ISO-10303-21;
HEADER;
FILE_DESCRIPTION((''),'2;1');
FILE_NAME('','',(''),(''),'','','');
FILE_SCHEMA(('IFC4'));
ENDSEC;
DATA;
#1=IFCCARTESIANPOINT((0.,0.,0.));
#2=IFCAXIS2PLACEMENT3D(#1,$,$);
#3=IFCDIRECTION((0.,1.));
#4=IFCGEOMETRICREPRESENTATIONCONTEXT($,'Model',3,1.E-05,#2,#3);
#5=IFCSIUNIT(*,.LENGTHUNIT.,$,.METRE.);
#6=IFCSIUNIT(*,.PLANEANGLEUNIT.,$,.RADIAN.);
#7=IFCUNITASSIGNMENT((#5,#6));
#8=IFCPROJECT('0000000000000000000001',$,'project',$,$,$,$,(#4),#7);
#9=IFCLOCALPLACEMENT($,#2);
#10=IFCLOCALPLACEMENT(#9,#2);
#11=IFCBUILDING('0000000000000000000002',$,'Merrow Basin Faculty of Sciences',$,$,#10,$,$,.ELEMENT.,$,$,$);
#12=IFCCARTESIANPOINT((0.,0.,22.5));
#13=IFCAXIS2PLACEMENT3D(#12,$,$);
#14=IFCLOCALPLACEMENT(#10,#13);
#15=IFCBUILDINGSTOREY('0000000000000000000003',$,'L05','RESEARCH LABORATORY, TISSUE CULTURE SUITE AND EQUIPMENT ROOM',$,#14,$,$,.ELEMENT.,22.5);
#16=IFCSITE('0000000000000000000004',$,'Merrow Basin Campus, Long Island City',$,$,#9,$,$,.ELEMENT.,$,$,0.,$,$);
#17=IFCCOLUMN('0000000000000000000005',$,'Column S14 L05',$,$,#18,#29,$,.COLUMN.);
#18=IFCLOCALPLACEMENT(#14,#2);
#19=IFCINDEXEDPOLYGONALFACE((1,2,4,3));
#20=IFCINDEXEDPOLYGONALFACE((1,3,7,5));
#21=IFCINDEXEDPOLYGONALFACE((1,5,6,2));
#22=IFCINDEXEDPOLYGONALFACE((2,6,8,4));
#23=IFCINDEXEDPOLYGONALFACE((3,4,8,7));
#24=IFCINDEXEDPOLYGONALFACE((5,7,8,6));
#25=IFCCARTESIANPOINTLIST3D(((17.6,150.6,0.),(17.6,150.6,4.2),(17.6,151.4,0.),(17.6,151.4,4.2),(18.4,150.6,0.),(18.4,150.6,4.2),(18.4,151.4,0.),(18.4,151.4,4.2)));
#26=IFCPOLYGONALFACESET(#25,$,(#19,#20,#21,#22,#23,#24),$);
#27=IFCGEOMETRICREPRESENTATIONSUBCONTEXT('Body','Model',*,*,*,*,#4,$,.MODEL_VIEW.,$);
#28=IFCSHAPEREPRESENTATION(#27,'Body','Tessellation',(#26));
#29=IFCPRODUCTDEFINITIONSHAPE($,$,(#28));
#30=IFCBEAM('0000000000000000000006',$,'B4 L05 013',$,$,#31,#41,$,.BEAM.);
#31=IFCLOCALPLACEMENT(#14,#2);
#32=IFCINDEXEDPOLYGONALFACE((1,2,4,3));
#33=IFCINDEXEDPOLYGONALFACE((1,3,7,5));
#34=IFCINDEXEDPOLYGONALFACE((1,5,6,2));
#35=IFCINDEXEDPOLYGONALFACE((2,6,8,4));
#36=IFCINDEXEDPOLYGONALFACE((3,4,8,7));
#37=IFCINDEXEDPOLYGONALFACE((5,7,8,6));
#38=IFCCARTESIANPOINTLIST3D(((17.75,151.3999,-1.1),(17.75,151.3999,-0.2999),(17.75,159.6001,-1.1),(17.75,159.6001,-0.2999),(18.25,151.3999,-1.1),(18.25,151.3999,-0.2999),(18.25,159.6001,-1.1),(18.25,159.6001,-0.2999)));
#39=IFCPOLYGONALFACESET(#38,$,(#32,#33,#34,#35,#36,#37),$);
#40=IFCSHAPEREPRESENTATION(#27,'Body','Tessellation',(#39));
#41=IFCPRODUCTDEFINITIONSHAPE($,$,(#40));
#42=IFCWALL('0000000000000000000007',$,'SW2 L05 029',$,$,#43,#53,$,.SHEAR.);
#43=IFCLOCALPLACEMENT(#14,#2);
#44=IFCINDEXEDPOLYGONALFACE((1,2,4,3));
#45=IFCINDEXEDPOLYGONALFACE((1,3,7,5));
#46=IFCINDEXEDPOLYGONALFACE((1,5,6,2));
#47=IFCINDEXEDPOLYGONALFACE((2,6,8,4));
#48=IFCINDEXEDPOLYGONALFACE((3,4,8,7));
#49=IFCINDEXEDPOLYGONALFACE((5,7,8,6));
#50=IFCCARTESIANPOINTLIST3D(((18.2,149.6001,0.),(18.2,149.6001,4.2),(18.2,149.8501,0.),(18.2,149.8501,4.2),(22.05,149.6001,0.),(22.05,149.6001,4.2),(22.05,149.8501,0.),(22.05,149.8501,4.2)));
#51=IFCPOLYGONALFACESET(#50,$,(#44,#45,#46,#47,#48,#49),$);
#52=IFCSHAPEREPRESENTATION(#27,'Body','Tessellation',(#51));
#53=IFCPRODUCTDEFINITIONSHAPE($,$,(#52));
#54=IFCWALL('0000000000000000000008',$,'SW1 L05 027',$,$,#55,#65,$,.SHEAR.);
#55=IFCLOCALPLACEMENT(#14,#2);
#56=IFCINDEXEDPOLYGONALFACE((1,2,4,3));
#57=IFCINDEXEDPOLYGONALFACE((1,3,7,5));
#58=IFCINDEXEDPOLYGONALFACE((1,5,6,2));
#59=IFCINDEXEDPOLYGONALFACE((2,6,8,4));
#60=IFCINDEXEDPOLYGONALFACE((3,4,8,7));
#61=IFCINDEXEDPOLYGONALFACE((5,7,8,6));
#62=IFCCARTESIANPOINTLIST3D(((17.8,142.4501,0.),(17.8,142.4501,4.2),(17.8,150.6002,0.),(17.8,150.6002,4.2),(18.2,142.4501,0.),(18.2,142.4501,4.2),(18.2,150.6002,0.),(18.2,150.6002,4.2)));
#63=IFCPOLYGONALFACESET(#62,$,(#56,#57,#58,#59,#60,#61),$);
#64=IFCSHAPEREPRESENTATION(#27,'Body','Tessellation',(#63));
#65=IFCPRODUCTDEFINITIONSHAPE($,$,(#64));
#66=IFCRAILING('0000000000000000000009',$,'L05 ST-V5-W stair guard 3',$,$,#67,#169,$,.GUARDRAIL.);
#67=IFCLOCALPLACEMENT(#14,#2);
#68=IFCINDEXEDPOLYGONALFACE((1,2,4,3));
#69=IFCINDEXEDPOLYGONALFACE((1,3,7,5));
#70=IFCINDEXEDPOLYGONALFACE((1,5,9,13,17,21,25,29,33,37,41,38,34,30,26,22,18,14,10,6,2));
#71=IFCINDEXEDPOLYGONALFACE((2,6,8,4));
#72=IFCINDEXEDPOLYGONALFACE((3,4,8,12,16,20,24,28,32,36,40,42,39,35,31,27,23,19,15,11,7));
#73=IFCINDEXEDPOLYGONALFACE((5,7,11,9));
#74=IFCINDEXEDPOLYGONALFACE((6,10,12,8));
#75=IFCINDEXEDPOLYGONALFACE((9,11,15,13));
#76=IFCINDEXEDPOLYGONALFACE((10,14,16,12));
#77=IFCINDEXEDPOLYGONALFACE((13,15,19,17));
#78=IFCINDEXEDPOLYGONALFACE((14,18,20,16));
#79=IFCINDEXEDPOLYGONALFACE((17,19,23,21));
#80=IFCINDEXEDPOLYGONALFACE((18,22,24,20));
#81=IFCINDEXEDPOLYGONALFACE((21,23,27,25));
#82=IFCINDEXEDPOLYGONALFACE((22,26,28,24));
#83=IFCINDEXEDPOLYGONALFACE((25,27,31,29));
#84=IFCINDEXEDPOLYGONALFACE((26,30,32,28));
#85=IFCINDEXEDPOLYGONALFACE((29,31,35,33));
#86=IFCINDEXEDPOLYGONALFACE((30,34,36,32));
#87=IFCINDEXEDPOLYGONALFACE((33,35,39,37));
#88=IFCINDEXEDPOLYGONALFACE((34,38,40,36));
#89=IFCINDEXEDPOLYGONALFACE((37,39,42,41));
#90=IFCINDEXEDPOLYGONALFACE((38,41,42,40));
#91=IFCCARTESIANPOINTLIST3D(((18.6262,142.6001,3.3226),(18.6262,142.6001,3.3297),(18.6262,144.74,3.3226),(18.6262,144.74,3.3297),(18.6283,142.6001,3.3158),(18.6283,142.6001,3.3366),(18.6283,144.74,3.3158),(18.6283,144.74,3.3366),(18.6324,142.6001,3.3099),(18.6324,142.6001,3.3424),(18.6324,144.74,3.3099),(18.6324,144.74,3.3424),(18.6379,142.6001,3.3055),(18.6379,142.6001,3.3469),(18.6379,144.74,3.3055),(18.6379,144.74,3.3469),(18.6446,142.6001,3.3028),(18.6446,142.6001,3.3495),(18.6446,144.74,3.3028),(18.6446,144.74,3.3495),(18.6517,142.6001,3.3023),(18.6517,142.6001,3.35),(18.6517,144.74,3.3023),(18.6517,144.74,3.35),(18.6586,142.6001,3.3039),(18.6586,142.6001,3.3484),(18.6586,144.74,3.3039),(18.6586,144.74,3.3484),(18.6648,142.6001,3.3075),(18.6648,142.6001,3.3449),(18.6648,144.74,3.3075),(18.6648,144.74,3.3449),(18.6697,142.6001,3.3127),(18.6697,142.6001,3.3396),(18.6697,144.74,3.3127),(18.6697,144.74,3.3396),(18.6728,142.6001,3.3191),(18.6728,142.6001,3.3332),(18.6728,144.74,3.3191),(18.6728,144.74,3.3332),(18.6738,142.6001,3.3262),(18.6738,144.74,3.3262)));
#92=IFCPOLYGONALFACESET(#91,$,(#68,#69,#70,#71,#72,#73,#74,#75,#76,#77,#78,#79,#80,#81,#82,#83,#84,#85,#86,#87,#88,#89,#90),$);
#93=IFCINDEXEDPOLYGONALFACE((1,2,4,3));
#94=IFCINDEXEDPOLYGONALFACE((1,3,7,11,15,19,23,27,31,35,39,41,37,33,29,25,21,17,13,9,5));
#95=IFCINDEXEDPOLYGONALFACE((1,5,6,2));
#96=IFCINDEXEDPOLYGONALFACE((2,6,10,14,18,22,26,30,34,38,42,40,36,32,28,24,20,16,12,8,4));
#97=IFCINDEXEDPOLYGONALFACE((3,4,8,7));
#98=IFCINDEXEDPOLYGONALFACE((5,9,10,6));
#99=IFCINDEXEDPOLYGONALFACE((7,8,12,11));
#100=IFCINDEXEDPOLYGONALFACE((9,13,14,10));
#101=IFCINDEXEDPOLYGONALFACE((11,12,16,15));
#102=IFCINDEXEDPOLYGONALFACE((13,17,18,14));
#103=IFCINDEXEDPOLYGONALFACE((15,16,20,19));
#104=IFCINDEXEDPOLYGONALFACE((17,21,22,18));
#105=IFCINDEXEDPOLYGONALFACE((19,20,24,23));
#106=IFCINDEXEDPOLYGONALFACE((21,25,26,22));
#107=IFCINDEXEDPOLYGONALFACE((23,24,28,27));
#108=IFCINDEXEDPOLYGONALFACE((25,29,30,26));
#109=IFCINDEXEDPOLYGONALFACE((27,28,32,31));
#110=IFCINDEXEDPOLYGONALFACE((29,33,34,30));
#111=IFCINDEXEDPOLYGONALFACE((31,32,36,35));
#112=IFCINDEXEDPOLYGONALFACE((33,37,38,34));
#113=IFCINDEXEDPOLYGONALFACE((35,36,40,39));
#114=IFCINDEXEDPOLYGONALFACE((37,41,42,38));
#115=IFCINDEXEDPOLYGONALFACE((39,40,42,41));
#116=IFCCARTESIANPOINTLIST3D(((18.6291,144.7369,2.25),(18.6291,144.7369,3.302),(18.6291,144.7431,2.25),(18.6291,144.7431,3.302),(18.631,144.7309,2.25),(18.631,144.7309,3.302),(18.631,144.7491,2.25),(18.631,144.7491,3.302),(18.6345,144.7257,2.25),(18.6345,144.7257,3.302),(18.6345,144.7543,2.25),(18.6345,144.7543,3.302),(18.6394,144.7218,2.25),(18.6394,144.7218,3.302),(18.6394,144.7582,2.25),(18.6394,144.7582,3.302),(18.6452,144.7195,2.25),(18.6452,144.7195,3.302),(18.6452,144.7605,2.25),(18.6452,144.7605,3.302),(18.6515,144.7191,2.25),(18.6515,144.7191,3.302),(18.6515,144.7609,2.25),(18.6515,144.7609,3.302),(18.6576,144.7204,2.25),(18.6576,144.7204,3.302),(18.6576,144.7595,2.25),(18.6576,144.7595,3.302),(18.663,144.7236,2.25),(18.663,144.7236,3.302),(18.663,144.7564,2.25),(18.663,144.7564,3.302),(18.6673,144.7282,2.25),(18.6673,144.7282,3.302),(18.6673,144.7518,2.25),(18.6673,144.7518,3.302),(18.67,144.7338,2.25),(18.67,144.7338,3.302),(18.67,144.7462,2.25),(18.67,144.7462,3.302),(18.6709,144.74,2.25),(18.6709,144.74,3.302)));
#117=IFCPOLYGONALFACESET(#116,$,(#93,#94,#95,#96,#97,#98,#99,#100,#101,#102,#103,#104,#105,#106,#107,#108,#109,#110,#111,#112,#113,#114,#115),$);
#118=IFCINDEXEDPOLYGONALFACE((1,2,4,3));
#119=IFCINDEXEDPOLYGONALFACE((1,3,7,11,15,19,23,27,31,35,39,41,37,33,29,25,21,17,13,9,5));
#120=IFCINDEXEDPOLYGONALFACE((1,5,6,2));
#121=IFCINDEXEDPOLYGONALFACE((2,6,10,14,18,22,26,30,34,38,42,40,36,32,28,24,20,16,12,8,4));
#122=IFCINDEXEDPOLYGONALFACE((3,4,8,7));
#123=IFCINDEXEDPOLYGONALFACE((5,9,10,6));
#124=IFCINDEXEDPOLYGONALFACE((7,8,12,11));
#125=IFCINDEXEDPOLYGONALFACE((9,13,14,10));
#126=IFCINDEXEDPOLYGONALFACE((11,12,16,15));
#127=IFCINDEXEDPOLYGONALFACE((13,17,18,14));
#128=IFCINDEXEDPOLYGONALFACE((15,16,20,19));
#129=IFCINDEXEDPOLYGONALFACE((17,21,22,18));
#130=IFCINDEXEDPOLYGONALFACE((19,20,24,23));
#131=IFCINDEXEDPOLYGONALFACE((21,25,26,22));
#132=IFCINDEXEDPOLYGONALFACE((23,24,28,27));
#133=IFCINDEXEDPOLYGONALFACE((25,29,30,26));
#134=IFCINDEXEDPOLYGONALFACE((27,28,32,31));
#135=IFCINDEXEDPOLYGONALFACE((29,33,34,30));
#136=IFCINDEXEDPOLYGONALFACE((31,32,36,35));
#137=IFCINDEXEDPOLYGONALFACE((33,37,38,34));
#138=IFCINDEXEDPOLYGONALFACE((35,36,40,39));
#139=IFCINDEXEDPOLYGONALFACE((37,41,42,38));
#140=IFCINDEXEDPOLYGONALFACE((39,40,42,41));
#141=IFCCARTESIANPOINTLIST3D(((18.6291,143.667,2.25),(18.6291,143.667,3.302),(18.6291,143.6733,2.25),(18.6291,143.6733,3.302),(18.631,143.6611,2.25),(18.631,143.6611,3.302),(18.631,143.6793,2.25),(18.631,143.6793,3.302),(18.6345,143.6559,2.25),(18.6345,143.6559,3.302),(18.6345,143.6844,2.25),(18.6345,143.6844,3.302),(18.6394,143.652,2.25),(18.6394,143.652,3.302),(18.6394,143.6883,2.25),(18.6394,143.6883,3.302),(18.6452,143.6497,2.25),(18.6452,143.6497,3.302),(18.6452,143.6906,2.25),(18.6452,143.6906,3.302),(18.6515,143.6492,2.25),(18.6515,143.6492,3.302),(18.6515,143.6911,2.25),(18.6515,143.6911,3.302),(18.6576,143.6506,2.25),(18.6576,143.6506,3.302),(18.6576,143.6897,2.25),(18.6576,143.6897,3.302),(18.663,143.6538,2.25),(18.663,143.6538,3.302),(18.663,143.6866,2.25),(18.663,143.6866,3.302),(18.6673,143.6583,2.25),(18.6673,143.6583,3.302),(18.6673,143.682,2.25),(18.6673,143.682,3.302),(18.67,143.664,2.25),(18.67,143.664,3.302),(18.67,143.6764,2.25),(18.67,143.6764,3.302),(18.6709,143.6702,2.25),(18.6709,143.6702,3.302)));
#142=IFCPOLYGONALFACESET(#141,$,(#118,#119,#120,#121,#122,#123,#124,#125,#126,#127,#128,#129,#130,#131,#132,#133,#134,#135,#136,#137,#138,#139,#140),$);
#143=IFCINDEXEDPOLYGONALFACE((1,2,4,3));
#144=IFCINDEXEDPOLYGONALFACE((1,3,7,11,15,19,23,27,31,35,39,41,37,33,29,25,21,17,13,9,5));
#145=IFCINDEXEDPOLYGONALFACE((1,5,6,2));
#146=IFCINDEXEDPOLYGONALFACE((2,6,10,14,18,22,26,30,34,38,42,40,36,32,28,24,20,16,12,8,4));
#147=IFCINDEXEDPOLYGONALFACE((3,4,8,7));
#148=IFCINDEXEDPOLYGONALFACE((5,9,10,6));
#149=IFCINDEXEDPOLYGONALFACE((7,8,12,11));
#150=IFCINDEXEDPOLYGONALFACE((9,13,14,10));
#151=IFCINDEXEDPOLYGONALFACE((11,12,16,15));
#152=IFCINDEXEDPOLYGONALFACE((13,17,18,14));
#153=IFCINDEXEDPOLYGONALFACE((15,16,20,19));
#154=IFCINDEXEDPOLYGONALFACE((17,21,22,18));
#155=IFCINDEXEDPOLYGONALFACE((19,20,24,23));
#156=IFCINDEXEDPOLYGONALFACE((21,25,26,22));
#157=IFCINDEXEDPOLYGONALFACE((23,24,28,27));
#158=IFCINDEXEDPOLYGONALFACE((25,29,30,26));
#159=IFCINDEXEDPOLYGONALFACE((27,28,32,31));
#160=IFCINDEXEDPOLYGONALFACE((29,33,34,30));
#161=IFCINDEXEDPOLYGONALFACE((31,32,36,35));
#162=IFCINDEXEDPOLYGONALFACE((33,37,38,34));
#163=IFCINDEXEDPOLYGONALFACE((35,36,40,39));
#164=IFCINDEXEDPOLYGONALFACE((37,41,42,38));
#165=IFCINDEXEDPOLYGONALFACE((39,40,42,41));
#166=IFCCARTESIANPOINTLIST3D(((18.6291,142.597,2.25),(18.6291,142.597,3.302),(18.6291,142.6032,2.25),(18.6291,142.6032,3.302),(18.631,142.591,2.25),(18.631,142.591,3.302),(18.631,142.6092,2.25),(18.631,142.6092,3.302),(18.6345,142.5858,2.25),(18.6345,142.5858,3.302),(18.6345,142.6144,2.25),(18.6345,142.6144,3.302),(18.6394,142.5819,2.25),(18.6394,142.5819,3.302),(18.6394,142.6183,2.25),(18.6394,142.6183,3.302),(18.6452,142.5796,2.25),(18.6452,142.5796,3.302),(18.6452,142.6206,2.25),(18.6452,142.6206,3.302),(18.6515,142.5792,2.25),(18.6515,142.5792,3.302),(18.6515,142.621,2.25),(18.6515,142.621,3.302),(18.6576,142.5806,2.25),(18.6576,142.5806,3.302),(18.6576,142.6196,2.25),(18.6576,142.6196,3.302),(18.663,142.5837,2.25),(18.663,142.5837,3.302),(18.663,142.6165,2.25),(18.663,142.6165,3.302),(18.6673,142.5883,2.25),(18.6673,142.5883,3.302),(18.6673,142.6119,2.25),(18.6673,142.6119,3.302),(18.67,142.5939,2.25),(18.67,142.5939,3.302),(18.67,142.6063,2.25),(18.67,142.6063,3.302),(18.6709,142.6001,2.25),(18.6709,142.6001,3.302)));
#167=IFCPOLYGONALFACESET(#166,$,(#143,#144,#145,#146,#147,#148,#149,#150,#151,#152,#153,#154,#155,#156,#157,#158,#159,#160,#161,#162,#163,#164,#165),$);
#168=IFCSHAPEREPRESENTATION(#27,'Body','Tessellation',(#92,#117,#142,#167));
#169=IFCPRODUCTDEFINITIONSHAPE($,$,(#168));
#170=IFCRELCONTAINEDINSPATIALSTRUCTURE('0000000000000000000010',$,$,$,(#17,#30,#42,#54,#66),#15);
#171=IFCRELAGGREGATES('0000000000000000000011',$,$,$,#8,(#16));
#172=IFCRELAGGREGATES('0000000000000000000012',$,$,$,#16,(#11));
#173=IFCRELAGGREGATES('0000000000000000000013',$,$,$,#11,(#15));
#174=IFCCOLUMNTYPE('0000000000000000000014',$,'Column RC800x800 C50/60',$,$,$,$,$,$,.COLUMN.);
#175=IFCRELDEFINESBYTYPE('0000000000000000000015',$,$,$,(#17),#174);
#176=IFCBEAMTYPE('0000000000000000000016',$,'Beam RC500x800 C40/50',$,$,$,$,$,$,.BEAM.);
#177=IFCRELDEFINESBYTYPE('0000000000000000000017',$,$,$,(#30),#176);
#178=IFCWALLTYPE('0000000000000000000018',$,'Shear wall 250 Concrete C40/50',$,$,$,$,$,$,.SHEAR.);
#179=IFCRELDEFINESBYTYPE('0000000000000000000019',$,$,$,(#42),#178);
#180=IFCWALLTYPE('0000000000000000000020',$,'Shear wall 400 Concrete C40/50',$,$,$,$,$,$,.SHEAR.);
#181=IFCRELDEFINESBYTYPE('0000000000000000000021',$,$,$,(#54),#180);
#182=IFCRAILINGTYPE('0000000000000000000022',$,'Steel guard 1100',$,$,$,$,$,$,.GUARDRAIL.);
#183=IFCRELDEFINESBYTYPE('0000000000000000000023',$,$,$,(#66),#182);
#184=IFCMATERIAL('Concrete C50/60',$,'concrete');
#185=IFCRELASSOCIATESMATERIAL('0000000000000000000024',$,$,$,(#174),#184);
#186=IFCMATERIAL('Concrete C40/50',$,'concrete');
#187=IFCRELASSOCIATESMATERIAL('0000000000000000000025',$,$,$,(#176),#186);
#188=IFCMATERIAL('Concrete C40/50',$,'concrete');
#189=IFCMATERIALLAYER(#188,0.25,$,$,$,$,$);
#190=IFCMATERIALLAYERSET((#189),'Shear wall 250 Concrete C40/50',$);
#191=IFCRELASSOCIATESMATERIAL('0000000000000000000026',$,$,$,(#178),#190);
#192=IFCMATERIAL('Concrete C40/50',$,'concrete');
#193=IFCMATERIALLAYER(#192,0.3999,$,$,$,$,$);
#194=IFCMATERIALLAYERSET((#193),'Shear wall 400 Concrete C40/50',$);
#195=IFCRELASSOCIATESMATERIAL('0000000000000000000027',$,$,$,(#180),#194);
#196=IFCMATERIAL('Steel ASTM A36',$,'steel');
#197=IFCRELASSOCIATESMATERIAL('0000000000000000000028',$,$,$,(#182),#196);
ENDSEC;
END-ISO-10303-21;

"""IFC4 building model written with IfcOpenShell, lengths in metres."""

from ifc_helpers import new_model, si_unit, direction, frame, frame_2d, origin, origin_2d, place, context, subcontext, project, spatial, rectangle, circle, extrude, material, layer, layer_set, material_profile, profile_set, type_object, element, save


model = new_model("IFC4")

# Units and contexts
model_context = context("Model", 3, precision=1e-05, world=origin(), true_north=direction((0.0, 1.0)))
body_context = subcontext(model_context, "Body", "Model", "MODEL_VIEW")
ifc_project = project(units=[si_unit("LENGTHUNIT", "METRE"), si_unit("PLANEANGLEUNIT", "RADIAN")], contexts=[model_context])

# Site, building, storey
site_placement = place(None, origin())
site = spatial("IfcSite", under=ifc_project, at=site_placement, Name="Merrow Basin Campus, Long Island City", CompositionType="ELEMENT", RefElevation=0.0)
building_placement = place(site_placement, origin())
building = spatial("IfcBuilding", under=site, at=building_placement, Name="Merrow Basin Faculty of Sciences", CompositionType="ELEMENT")
storey_placement = place(building_placement, frame((0.0, 0.0, 22.5)))
storey = spatial("IfcBuildingStorey", under=building, at=storey_placement, Name="L05", Description="RESEARCH LABORATORY, TISSUE CULTURE SUITE AND EQUIPMENT ROOM", CompositionType="ELEMENT", Elevation=22.5)

# Column
ifc_material_1 = material(Name="Concrete C50/60", Category="concrete")
ifc_material_profile_1 = material_profile(ifc_material_1, rectangle(XDim=0.8, YDim=0.8, at=origin_2d()))
ifc_profile_set_1 = profile_set([ifc_material_profile_1], Name="Concrete C50/60")
column_type = type_object("IfcColumnType", Name="Column RC800x800 C50/60", PredefinedType="COLUMN", material=ifc_profile_set_1)
column_placement = place(storey_placement, frame((18.0, 151.0, 0.0), z_axis=(0.0, 0.0, 1.0), x_axis=(1.0, 0.0, 0.0)))
element("IfcColumn", 1, at=column_placement, inside=storey, type_object=column_type, Name="Column S14 L05", PredefinedType="COLUMN", context=body_context, shape_type="SweptSolid", body=[
    extrude(rectangle(XDim=0.8, YDim=0.8, at=origin_2d()), origin(), (0.0, 0.0, 1.0), 4.2),
])

# Beam
ifc_material_2 = material(Name="Concrete C40/50", Category="concrete")
ifc_material_profile_2 = material_profile(ifc_material_2, rectangle(XDim=0.5, YDim=0.8, at=origin_2d()))
ifc_profile_set_2 = profile_set([ifc_material_profile_2], Name="Concrete C40/50")
beam_type = type_object("IfcBeamType", Name="Beam RC500x800 C40/50", PredefinedType="BEAM", material=ifc_profile_set_2)
beam_placement = place(storey_placement, frame((18.0, 151.3999, -0.7), z_axis=(0.0, 1.0, 0.0), x_axis=(-1.0, 0.0, 0.0)))
element("IfcBeam", 2, at=beam_placement, inside=storey, type_object=beam_type, Name="B4 L05 013", PredefinedType="BEAM", context=body_context, shape_type="SweptSolid", body=[
    extrude(rectangle(XDim=0.5, YDim=0.8, at=origin_2d()), origin(), (0.0, 0.0, 1.0), 8.2002),
])

# Wall
ifc_material_3 = material(Name="Concrete C40/50", Category="concrete")
ifc_layer_1 = layer(ifc_material_3, 0.25)
ifc_layer_set_1 = layer_set([ifc_layer_1], Name="Shear wall 250 Concrete C40/50")
wall_type_1 = type_object("IfcWallType", Name="Shear wall 250 Concrete C40/50", PredefinedType="SHEAR", material=ifc_layer_set_1)
wall_1_placement = place(storey_placement, frame((18.2, 149.7251, 0.0), z_axis=(0.0, 0.0, 1.0), x_axis=(1.0, 0.0, 0.0)))
element("IfcWall", 3, at=wall_1_placement, inside=storey, type_object=wall_type_1, Name="SW2 L05 029", PredefinedType="SHEAR", context=body_context, shape_type="SweptSolid", body=[
    extrude(rectangle(XDim=3.8501, YDim=0.25, at=frame_2d((1.925, 0.0))), origin(), (0.0, 0.0, 1.0), 4.2),
])

# Shared definitions
ifc_material_4 = material(Name="Concrete C40/50", Category="concrete")
ifc_layer_2 = layer(ifc_material_4, 0.3999)
ifc_layer_set_2 = layer_set([ifc_layer_2], Name="Shear wall 400 Concrete C40/50")
wall_type_2 = type_object("IfcWallType", Name="Shear wall 400 Concrete C40/50", PredefinedType="SHEAR", material=ifc_layer_set_2)

# Wall
wall_2_placement = place(storey_placement, frame((18.0, 142.45, 0.0), z_axis=(0.0, 0.0, 1.0), x_axis=(0.0, 1.0, 0.0)))
element("IfcWall", 4, at=wall_2_placement, inside=storey, type_object=wall_type_2, Name="SW1 L05 027", PredefinedType="SHEAR", context=body_context, shape_type="SweptSolid", body=[
    extrude(rectangle(XDim=8.1501, YDim=0.3999, at=frame_2d((4.0752, 0.0))), origin(), (0.0, 0.0, 1.0), 4.2),
])

# Railing
ifc_material_5 = material(Name="Steel ASTM A36", Category="steel")
railing_type_1 = type_object("IfcRailingType", Name="Steel guard 1100", PredefinedType="GUARDRAIL", material=ifc_material_5)
railing_1_placement = place(storey_placement, frame((18.6499, 144.74, 2.25)))
element("IfcRailing", 5, at=railing_1_placement, inside=storey, type_object=railing_type_1, Name="L05 ST-V5-W stair guard 3", PredefinedType="GUARDRAIL", context=body_context, shape_type="SweptSolid", body=[
    extrude(circle(Radius=0.0239, at=origin_2d()), frame((0.0, 0.0, 1.0762), z_axis=(0.0, -1.0, 0.0), x_axis=(1.0, 0.0, 0.0)), (0.0, 0.0, 1.0), 2.1399),
    extrude(circle(Radius=0.021, at=origin_2d()), origin(), (0.0, 0.0, 1.0), 1.052),
    extrude(circle(Radius=0.021, at=origin_2d()), frame((0.0, -1.0698, 0.0)), (0.0, 0.0, 1.0), 1.052),
    extrude(circle(Radius=0.021, at=origin_2d()), frame((0.0, -2.1399, 0.0)), (0.0, 0.0, 1.0), 1.052),
])

save(model, "model.ifc")
